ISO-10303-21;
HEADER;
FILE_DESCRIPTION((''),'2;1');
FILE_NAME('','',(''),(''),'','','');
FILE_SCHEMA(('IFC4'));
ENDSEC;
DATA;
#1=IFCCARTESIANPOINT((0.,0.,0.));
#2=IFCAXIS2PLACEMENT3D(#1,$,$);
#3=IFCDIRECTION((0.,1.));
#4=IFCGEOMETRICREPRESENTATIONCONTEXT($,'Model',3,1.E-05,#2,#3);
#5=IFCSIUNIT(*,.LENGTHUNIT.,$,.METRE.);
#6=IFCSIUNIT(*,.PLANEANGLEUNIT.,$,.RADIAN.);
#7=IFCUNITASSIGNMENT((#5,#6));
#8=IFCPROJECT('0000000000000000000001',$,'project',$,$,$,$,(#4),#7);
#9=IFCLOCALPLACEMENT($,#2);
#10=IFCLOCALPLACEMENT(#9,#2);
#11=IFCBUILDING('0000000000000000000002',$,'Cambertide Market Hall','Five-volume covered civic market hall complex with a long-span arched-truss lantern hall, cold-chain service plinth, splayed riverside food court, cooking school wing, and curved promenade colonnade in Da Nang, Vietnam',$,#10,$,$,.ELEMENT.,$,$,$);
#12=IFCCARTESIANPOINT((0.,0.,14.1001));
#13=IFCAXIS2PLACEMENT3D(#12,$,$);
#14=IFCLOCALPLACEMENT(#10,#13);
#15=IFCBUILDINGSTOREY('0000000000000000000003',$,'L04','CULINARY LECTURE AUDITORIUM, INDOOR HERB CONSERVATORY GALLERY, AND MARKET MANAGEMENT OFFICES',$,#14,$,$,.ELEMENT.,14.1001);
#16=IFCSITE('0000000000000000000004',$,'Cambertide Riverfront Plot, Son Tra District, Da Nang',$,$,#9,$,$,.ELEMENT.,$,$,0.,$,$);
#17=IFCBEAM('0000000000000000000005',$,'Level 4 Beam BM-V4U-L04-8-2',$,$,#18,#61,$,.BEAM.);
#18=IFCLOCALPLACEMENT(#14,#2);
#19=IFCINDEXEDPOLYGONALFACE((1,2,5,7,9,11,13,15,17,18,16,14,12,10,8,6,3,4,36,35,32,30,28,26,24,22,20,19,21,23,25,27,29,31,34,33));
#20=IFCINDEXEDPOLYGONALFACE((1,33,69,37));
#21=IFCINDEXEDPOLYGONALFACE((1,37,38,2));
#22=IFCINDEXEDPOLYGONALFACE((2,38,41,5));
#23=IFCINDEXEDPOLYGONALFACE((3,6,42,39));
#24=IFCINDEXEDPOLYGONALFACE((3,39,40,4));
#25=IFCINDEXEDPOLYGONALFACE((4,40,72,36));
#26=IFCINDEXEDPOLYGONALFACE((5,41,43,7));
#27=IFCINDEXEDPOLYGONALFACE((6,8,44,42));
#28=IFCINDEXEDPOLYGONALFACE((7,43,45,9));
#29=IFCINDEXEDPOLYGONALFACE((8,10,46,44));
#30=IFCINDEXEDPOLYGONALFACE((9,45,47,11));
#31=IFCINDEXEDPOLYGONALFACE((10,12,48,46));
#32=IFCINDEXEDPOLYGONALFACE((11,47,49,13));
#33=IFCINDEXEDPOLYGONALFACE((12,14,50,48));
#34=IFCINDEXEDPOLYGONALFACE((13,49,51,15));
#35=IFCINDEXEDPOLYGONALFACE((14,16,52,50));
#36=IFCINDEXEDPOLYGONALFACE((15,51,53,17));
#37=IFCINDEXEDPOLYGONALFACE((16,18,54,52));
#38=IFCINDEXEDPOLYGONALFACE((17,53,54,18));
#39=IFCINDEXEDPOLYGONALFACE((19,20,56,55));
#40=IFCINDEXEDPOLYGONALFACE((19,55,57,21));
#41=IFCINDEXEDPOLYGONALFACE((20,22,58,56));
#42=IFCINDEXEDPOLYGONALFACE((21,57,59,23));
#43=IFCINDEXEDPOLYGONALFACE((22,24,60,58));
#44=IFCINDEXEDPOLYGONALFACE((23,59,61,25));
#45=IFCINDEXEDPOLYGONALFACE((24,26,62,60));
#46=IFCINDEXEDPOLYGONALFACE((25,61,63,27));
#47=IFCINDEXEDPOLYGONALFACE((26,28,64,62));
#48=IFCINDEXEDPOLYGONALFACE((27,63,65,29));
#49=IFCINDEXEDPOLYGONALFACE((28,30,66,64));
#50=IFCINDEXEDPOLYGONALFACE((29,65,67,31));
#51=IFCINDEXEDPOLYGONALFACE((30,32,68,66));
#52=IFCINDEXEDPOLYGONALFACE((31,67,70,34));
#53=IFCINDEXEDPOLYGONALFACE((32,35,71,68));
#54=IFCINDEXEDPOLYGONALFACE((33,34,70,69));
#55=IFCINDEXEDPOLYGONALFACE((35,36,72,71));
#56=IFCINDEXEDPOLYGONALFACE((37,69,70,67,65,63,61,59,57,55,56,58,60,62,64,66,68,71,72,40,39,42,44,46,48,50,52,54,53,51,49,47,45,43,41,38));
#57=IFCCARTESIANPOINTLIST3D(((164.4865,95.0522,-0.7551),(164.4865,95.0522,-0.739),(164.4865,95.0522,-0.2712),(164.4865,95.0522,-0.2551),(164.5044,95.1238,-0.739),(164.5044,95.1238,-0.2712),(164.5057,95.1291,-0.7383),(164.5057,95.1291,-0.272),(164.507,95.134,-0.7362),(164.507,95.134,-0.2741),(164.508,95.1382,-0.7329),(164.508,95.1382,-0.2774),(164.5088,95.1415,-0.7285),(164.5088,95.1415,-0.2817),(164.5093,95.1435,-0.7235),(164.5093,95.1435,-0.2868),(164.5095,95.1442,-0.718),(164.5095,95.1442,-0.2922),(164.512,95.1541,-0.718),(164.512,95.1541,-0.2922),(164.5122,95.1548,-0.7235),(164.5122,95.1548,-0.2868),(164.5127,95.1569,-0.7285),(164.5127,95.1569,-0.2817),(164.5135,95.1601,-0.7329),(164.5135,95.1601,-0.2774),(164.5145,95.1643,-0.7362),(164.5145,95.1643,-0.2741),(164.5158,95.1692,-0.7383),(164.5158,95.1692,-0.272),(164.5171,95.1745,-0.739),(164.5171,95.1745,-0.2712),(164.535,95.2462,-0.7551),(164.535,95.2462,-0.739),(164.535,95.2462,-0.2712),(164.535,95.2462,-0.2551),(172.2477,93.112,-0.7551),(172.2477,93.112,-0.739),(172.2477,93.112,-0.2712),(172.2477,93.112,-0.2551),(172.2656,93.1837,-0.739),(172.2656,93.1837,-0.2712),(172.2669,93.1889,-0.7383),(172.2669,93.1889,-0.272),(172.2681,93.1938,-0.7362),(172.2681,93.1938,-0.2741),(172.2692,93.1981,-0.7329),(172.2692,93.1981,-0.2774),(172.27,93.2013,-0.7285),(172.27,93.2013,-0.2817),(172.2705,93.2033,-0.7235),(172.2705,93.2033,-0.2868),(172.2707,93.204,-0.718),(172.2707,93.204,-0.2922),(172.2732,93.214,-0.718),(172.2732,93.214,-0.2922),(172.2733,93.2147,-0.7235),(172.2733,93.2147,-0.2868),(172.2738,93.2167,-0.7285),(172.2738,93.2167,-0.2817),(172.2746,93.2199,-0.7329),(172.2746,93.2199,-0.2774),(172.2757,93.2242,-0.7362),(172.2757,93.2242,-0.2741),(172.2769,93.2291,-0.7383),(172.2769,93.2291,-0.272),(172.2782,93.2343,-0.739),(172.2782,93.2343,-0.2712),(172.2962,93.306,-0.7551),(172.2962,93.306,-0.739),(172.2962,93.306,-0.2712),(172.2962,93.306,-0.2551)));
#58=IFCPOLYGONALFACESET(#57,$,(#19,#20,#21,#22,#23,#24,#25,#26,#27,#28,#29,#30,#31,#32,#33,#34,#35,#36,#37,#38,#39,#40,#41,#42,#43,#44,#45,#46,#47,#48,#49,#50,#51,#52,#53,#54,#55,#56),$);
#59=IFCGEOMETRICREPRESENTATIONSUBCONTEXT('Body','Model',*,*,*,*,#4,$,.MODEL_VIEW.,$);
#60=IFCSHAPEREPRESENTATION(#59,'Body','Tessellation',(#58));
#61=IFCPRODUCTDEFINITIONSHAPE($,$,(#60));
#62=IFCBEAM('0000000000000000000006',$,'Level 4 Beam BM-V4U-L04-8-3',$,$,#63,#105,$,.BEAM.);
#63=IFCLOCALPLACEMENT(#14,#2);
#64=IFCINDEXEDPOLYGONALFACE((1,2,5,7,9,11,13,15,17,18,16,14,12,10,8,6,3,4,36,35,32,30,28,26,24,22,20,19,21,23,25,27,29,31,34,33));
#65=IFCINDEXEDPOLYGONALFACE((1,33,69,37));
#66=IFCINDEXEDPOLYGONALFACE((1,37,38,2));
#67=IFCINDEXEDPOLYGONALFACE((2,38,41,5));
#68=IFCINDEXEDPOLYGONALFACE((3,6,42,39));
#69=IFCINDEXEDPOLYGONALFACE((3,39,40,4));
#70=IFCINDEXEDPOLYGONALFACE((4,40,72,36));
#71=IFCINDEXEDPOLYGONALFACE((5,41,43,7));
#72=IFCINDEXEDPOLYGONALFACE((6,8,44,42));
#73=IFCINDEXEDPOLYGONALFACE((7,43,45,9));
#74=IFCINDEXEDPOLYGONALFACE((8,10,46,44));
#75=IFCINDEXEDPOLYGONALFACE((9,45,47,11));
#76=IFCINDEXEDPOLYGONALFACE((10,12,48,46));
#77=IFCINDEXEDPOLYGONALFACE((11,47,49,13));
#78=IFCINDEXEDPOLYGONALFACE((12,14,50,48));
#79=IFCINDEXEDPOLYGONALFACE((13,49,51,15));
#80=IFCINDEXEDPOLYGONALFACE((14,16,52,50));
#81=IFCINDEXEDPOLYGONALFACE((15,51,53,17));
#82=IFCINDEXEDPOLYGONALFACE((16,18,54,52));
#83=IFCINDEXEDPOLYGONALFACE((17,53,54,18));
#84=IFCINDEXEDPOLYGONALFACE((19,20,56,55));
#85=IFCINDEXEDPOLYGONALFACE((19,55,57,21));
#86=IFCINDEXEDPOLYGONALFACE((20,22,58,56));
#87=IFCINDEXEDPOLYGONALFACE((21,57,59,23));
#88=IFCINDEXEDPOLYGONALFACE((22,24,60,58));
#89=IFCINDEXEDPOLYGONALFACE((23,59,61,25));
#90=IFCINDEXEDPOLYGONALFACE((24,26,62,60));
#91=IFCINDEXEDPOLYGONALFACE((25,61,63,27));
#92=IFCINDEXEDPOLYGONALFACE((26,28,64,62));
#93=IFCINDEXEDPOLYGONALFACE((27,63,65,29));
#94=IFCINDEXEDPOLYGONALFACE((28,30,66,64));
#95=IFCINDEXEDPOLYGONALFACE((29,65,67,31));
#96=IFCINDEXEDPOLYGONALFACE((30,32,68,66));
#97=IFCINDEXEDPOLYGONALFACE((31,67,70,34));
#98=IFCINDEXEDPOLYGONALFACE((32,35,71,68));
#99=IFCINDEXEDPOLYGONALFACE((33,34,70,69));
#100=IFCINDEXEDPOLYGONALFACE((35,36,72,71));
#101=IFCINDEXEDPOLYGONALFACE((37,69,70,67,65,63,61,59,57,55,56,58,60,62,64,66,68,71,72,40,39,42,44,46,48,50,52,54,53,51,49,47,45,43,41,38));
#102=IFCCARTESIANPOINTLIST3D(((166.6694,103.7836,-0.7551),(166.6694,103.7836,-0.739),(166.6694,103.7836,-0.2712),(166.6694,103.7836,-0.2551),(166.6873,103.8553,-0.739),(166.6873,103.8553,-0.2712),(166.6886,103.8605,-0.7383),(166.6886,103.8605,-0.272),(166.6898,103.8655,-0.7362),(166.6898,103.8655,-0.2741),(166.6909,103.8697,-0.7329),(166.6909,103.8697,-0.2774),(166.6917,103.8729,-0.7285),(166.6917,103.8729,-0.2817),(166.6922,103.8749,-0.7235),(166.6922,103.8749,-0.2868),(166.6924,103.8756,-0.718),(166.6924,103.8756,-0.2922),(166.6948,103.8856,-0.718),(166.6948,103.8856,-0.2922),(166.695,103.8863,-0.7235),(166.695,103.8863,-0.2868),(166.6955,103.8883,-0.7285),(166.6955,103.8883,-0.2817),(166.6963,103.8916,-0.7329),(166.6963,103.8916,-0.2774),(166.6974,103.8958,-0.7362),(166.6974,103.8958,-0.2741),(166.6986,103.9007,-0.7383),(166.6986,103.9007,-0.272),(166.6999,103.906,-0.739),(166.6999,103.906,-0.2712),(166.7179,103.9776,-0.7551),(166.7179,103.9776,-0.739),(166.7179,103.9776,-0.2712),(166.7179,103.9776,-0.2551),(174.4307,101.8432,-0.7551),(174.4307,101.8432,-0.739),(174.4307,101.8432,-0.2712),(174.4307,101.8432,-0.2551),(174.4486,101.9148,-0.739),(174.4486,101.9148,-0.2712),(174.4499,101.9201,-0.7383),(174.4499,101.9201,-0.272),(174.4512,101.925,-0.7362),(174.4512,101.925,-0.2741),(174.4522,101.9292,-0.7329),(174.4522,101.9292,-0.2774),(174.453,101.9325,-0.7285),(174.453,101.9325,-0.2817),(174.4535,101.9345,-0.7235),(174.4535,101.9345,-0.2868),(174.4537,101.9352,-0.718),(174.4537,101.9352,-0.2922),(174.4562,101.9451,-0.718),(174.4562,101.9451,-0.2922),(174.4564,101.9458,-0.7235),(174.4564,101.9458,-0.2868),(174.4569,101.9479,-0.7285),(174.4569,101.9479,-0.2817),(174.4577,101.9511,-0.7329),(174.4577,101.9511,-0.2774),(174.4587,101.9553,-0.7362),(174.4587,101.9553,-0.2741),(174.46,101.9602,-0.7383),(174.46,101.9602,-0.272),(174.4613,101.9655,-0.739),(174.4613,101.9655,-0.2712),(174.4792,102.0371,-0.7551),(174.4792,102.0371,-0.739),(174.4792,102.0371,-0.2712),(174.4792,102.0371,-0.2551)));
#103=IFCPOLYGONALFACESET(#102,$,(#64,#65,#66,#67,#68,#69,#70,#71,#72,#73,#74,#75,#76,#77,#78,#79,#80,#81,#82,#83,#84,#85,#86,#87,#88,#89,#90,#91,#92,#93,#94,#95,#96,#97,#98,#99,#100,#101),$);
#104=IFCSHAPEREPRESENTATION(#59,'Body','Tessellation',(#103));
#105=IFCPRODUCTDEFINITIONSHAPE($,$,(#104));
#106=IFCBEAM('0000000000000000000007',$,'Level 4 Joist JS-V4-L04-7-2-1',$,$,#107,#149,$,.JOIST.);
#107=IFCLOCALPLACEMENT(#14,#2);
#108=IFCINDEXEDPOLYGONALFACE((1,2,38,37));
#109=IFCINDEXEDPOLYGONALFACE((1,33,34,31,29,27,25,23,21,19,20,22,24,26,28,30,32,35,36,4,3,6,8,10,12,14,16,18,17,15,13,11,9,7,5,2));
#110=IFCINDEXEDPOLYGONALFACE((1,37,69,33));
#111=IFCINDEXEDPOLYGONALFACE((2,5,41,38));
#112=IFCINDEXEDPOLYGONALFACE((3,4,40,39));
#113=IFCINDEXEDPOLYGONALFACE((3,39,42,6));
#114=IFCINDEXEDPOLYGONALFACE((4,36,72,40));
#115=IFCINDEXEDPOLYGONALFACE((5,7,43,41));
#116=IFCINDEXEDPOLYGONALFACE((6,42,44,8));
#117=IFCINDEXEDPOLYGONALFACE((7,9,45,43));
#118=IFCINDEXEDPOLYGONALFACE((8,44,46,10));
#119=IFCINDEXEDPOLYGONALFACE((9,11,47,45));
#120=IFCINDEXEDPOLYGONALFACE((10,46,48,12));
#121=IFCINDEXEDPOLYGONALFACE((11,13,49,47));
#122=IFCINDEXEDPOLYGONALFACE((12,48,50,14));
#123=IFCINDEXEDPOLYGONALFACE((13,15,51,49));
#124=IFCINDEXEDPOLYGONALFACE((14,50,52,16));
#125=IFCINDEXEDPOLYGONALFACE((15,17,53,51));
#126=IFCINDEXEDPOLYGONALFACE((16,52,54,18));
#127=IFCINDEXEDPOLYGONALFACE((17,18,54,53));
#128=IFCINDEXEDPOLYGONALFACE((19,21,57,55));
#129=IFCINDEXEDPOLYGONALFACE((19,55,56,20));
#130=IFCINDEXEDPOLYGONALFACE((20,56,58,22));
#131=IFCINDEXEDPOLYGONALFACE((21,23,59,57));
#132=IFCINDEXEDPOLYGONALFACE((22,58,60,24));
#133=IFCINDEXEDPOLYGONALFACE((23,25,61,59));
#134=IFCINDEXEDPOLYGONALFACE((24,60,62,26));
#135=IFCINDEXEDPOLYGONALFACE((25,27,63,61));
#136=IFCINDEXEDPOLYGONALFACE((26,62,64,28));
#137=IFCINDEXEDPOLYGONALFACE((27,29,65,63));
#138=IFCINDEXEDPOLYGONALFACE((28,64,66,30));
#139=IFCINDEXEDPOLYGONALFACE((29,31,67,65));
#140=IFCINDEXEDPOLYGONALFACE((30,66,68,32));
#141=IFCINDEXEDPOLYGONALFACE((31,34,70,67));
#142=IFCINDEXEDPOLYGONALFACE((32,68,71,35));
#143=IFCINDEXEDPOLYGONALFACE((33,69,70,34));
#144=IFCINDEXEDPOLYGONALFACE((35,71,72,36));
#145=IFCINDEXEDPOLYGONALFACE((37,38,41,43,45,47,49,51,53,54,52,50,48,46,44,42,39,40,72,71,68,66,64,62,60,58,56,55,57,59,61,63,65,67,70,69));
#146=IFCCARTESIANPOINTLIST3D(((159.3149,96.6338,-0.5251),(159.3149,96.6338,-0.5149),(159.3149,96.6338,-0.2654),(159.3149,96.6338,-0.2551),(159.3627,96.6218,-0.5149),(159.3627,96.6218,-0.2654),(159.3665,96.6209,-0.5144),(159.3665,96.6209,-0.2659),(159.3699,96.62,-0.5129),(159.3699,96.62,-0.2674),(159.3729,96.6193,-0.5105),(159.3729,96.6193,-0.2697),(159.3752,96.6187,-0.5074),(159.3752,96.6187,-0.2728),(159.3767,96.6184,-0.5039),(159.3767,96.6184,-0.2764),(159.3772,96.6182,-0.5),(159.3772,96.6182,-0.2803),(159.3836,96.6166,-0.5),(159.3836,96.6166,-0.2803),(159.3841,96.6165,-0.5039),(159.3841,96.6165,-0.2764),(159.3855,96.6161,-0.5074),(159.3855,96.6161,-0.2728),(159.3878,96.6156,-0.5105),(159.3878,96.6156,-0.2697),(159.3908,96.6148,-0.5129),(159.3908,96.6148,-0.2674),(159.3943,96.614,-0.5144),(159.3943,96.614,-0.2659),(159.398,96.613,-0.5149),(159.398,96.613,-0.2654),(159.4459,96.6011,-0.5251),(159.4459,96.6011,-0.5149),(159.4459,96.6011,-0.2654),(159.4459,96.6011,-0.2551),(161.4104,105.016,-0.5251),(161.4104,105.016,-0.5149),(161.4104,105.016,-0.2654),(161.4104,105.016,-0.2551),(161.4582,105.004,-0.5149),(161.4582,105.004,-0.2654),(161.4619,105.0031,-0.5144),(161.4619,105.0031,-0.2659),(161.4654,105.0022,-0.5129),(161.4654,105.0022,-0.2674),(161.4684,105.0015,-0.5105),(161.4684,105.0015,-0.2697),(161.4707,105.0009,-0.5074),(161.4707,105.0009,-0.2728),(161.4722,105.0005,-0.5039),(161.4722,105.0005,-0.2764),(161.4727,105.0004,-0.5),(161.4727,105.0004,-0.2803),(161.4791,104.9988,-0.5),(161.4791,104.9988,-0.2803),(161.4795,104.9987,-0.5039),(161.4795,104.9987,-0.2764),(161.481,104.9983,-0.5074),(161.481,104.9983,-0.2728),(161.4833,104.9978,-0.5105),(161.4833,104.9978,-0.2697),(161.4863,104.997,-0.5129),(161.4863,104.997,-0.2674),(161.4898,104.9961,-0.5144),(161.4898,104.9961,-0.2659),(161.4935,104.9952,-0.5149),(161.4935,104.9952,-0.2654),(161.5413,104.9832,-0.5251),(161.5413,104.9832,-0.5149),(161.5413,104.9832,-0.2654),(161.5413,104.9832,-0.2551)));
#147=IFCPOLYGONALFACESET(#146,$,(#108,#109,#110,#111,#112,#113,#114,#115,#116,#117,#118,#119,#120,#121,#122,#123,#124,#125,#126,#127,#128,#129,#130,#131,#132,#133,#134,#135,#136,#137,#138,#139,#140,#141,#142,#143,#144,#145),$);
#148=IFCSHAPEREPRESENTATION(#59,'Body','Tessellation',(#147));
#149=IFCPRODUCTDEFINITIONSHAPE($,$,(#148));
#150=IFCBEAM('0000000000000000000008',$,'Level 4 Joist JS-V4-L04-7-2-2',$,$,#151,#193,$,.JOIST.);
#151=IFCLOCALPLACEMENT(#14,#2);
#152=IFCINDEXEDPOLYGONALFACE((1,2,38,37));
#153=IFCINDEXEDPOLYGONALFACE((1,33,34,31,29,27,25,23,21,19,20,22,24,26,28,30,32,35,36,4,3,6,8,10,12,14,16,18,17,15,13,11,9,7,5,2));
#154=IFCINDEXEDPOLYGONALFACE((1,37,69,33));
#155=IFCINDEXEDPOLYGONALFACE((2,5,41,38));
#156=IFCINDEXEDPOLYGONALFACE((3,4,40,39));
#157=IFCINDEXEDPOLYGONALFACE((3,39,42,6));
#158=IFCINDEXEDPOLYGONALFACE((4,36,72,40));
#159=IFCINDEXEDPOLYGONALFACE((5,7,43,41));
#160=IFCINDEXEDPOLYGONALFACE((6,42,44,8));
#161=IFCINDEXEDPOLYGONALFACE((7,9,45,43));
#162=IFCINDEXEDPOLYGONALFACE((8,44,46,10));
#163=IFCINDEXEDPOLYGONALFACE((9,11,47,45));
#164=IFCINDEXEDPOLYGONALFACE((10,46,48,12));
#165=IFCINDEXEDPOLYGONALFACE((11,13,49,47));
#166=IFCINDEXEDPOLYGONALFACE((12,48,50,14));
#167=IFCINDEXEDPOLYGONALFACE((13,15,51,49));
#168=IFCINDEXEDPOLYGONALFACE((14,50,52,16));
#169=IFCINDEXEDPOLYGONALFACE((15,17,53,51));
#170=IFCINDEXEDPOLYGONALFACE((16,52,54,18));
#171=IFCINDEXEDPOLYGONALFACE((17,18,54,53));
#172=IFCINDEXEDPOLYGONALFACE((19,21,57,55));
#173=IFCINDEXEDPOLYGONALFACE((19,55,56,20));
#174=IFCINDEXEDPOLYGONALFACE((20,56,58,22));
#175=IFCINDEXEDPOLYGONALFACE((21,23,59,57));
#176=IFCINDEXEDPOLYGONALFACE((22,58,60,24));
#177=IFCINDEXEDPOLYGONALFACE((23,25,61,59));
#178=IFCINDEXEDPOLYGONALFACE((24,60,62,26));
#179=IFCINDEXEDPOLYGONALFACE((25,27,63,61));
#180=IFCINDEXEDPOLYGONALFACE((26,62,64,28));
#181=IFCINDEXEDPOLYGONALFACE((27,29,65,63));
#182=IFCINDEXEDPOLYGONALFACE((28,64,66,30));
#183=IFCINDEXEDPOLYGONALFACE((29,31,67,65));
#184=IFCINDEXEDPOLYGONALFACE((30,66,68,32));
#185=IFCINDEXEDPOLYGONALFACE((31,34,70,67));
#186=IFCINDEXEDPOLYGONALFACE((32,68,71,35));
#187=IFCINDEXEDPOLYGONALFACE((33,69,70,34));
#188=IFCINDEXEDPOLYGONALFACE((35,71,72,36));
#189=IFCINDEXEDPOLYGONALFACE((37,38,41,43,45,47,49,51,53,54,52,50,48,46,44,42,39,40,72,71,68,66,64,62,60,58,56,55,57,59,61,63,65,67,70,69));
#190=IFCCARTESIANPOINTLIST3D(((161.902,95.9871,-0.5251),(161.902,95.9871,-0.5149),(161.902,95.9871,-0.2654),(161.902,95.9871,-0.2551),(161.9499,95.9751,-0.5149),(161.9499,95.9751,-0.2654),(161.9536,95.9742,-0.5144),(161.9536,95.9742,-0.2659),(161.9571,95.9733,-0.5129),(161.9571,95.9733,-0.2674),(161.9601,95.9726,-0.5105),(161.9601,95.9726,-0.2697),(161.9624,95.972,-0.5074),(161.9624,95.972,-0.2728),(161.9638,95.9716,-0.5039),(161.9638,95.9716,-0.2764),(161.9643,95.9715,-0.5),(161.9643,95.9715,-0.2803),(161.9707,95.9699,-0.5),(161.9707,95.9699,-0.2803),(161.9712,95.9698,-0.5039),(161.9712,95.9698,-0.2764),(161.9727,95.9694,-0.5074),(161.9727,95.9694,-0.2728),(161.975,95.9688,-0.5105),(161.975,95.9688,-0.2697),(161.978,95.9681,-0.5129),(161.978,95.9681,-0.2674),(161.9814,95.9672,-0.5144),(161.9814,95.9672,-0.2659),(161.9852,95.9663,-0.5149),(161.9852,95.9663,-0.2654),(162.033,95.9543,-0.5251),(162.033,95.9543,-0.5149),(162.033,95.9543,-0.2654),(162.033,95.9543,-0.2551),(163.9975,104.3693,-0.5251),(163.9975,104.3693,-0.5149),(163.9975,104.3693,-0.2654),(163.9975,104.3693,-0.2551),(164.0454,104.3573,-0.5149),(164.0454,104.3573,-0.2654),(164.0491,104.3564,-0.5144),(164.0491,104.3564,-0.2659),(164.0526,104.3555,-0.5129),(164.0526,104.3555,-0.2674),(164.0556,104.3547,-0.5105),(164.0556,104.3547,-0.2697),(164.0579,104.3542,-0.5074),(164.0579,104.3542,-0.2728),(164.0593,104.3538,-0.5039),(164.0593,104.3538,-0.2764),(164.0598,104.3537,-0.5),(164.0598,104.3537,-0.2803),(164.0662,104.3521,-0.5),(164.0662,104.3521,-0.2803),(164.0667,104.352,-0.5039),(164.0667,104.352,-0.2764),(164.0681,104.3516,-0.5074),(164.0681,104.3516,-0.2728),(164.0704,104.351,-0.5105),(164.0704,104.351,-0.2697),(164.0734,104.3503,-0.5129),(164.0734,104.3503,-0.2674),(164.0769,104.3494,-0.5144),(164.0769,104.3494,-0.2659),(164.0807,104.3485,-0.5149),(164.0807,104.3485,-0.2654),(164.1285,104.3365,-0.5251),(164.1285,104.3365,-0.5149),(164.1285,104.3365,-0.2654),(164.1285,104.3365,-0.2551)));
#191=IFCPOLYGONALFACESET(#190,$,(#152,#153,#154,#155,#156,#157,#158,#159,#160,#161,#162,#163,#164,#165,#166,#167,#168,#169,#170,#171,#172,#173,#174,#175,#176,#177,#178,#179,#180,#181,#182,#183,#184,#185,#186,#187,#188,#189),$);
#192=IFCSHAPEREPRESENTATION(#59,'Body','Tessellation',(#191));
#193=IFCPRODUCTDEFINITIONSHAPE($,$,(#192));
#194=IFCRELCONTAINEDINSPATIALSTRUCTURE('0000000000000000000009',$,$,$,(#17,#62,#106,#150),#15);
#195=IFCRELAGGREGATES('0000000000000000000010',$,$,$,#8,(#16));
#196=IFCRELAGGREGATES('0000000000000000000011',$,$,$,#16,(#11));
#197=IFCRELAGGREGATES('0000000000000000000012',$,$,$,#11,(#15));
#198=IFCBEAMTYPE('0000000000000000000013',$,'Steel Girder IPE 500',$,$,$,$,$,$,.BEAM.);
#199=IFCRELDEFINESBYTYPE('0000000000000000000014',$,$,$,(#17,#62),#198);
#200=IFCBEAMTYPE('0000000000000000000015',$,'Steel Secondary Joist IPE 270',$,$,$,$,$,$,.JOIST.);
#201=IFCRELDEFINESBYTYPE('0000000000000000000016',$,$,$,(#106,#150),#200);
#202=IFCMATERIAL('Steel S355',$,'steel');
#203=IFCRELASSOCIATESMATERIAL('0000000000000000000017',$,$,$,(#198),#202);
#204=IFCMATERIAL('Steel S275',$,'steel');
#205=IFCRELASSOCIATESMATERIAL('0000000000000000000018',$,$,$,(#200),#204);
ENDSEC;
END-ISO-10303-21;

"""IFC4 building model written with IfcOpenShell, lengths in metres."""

from ifc_helpers import new_model, si_unit, direction, frame, origin, origin_2d, place, context, subcontext, project, spatial, i_section, extrude, material, material_profile, profile_set, type_object, element, save


model = new_model("IFC4")

# Units and contexts
model_context = context("Model", 3, precision=1e-05, world=origin(), true_north=direction((0.0, 1.0)))
body_context = subcontext(model_context, "Body", "Model", "MODEL_VIEW")
ifc_project = project(units=[si_unit("LENGTHUNIT", "METRE"), si_unit("PLANEANGLEUNIT", "RADIAN")], contexts=[model_context])

# Site, building, storey
site_placement = place(None, origin())
site = spatial("IfcSite", under=ifc_project, at=site_placement, Name="Cambertide Riverfront Plot, Son Tra District, Da Nang", CompositionType="ELEMENT", RefElevation=0.0)
building_placement = place(site_placement, origin())
building = spatial("IfcBuilding", under=site, at=building_placement, Name="Cambertide Market Hall", Description="Five-volume covered civic market hall complex with a long-span arched-truss lantern hall, cold-chain service plinth, splayed riverside food court, cooking school wing, and curved promenade colonnade in Da Nang, Vietnam", CompositionType="ELEMENT")
storey_placement = place(building_placement, frame((0.0, 0.0, 14.1001)))
storey = spatial("IfcBuildingStorey", under=building, at=storey_placement, Name="L04", Description="CULINARY LECTURE AUDITORIUM, INDOOR HERB CONSERVATORY GALLERY, AND MARKET MANAGEMENT OFFICES", CompositionType="ELEMENT", Elevation=14.1001)

# Beams
ifc_material_1 = material(Name="Steel S355", Category="steel")
ifc_material_profile_1 = material_profile(ifc_material_1, i_section(OverallWidth=0.2, OverallDepth=0.5, WebThickness=0.0103, FlangeThickness=0.0161, FilletRadius=0.021, at=origin_2d()), Name="IPE 500")
ifc_profile_set_1 = profile_set([ifc_material_profile_1], Name="Steel S355")
beam_type_1 = type_object("IfcBeamType", Name="Steel Girder IPE 500", PredefinedType="BEAM", material=ifc_profile_set_1)
for number, where, z_axis, x_axis, name in (
    (1, (164.5107, 95.1492, -0.5051), (0.970146, -0.242521, 0.0), (0.242521, 0.970146, 0.0), "Level 4 Beam BM-V4U-L04-8-2"),
):
    element("IfcBeam", number, at=place(storey_placement, frame(where, z_axis=z_axis, x_axis=x_axis)), inside=storey, type_object=beam_type_1, Name=name, PredefinedType="BEAM", context=body_context, shape_type="SweptSolid", body=[
        extrude(i_section(OverallWidth=0.2, OverallDepth=0.5, WebThickness=0.0103, FlangeThickness=0.0161, FilletRadius=0.021, at=origin_2d()), origin(), (0.0, 0.0, 1.0), 8.0),
    ])
beam_1_placement = place(storey_placement, frame((166.6936, 103.8806, -0.5051), z_axis=(0.970139, -0.24255, 0.0), x_axis=(0.24255, 0.970139, 0.0)))
element("IfcBeam", 2, at=beam_1_placement, inside=storey, type_object=beam_type_1, Name="Level 4 Beam BM-V4U-L04-8-3", PredefinedType="BEAM", context=body_context, shape_type="SweptSolid", body=[
    extrude(i_section(OverallWidth=0.2, OverallDepth=0.5, WebThickness=0.0103, FlangeThickness=0.0161, FilletRadius=0.021, at=origin_2d()), origin(), (0.0, 0.0, 1.0), 8.0002),
])
ifc_material_2 = material(Name="Steel S275", Category="steel")
ifc_material_profile_2 = material_profile(ifc_material_2, i_section(OverallWidth=0.135, OverallDepth=0.27, WebThickness=0.0066, FlangeThickness=0.0103, FilletRadius=0.0149, at=origin_2d()), Name="IPE 270")
ifc_profile_set_2 = profile_set([ifc_material_profile_2], Name="Steel S275")
beam_type_2 = type_object("IfcBeamType", Name="Steel Secondary Joist IPE 270", PredefinedType="JOIST", material=ifc_profile_set_2)
for number, where, z_axis, x_axis, name in (
    (3, (159.3804, 96.6174, -0.3901), (0.242529, 0.970144, 0.0), (-0.970144, 0.242529, 0.0), "Level 4 Joist JS-V4-L04-7-2-1"),
    (4, (161.9675, 95.9707, -0.3901), (0.242529, 0.970144, 0.0), (-0.970144, 0.242529, 0.0), "Level 4 Joist JS-V4-L04-7-2-2"),
):
    element("IfcBeam", number, at=place(storey_placement, frame(where, z_axis=z_axis, x_axis=x_axis)), inside=storey, type_object=beam_type_2, Name=name, PredefinedType="JOIST", context=body_context, shape_type="SweptSolid", body=[
        extrude(i_section(OverallWidth=0.135, OverallDepth=0.27, WebThickness=0.0066, FlangeThickness=0.0103, FilletRadius=0.0149, at=origin_2d()), origin(), (0.0, 0.0, 1.0), 8.6401),
    ])

save(model, "model.ifc")
